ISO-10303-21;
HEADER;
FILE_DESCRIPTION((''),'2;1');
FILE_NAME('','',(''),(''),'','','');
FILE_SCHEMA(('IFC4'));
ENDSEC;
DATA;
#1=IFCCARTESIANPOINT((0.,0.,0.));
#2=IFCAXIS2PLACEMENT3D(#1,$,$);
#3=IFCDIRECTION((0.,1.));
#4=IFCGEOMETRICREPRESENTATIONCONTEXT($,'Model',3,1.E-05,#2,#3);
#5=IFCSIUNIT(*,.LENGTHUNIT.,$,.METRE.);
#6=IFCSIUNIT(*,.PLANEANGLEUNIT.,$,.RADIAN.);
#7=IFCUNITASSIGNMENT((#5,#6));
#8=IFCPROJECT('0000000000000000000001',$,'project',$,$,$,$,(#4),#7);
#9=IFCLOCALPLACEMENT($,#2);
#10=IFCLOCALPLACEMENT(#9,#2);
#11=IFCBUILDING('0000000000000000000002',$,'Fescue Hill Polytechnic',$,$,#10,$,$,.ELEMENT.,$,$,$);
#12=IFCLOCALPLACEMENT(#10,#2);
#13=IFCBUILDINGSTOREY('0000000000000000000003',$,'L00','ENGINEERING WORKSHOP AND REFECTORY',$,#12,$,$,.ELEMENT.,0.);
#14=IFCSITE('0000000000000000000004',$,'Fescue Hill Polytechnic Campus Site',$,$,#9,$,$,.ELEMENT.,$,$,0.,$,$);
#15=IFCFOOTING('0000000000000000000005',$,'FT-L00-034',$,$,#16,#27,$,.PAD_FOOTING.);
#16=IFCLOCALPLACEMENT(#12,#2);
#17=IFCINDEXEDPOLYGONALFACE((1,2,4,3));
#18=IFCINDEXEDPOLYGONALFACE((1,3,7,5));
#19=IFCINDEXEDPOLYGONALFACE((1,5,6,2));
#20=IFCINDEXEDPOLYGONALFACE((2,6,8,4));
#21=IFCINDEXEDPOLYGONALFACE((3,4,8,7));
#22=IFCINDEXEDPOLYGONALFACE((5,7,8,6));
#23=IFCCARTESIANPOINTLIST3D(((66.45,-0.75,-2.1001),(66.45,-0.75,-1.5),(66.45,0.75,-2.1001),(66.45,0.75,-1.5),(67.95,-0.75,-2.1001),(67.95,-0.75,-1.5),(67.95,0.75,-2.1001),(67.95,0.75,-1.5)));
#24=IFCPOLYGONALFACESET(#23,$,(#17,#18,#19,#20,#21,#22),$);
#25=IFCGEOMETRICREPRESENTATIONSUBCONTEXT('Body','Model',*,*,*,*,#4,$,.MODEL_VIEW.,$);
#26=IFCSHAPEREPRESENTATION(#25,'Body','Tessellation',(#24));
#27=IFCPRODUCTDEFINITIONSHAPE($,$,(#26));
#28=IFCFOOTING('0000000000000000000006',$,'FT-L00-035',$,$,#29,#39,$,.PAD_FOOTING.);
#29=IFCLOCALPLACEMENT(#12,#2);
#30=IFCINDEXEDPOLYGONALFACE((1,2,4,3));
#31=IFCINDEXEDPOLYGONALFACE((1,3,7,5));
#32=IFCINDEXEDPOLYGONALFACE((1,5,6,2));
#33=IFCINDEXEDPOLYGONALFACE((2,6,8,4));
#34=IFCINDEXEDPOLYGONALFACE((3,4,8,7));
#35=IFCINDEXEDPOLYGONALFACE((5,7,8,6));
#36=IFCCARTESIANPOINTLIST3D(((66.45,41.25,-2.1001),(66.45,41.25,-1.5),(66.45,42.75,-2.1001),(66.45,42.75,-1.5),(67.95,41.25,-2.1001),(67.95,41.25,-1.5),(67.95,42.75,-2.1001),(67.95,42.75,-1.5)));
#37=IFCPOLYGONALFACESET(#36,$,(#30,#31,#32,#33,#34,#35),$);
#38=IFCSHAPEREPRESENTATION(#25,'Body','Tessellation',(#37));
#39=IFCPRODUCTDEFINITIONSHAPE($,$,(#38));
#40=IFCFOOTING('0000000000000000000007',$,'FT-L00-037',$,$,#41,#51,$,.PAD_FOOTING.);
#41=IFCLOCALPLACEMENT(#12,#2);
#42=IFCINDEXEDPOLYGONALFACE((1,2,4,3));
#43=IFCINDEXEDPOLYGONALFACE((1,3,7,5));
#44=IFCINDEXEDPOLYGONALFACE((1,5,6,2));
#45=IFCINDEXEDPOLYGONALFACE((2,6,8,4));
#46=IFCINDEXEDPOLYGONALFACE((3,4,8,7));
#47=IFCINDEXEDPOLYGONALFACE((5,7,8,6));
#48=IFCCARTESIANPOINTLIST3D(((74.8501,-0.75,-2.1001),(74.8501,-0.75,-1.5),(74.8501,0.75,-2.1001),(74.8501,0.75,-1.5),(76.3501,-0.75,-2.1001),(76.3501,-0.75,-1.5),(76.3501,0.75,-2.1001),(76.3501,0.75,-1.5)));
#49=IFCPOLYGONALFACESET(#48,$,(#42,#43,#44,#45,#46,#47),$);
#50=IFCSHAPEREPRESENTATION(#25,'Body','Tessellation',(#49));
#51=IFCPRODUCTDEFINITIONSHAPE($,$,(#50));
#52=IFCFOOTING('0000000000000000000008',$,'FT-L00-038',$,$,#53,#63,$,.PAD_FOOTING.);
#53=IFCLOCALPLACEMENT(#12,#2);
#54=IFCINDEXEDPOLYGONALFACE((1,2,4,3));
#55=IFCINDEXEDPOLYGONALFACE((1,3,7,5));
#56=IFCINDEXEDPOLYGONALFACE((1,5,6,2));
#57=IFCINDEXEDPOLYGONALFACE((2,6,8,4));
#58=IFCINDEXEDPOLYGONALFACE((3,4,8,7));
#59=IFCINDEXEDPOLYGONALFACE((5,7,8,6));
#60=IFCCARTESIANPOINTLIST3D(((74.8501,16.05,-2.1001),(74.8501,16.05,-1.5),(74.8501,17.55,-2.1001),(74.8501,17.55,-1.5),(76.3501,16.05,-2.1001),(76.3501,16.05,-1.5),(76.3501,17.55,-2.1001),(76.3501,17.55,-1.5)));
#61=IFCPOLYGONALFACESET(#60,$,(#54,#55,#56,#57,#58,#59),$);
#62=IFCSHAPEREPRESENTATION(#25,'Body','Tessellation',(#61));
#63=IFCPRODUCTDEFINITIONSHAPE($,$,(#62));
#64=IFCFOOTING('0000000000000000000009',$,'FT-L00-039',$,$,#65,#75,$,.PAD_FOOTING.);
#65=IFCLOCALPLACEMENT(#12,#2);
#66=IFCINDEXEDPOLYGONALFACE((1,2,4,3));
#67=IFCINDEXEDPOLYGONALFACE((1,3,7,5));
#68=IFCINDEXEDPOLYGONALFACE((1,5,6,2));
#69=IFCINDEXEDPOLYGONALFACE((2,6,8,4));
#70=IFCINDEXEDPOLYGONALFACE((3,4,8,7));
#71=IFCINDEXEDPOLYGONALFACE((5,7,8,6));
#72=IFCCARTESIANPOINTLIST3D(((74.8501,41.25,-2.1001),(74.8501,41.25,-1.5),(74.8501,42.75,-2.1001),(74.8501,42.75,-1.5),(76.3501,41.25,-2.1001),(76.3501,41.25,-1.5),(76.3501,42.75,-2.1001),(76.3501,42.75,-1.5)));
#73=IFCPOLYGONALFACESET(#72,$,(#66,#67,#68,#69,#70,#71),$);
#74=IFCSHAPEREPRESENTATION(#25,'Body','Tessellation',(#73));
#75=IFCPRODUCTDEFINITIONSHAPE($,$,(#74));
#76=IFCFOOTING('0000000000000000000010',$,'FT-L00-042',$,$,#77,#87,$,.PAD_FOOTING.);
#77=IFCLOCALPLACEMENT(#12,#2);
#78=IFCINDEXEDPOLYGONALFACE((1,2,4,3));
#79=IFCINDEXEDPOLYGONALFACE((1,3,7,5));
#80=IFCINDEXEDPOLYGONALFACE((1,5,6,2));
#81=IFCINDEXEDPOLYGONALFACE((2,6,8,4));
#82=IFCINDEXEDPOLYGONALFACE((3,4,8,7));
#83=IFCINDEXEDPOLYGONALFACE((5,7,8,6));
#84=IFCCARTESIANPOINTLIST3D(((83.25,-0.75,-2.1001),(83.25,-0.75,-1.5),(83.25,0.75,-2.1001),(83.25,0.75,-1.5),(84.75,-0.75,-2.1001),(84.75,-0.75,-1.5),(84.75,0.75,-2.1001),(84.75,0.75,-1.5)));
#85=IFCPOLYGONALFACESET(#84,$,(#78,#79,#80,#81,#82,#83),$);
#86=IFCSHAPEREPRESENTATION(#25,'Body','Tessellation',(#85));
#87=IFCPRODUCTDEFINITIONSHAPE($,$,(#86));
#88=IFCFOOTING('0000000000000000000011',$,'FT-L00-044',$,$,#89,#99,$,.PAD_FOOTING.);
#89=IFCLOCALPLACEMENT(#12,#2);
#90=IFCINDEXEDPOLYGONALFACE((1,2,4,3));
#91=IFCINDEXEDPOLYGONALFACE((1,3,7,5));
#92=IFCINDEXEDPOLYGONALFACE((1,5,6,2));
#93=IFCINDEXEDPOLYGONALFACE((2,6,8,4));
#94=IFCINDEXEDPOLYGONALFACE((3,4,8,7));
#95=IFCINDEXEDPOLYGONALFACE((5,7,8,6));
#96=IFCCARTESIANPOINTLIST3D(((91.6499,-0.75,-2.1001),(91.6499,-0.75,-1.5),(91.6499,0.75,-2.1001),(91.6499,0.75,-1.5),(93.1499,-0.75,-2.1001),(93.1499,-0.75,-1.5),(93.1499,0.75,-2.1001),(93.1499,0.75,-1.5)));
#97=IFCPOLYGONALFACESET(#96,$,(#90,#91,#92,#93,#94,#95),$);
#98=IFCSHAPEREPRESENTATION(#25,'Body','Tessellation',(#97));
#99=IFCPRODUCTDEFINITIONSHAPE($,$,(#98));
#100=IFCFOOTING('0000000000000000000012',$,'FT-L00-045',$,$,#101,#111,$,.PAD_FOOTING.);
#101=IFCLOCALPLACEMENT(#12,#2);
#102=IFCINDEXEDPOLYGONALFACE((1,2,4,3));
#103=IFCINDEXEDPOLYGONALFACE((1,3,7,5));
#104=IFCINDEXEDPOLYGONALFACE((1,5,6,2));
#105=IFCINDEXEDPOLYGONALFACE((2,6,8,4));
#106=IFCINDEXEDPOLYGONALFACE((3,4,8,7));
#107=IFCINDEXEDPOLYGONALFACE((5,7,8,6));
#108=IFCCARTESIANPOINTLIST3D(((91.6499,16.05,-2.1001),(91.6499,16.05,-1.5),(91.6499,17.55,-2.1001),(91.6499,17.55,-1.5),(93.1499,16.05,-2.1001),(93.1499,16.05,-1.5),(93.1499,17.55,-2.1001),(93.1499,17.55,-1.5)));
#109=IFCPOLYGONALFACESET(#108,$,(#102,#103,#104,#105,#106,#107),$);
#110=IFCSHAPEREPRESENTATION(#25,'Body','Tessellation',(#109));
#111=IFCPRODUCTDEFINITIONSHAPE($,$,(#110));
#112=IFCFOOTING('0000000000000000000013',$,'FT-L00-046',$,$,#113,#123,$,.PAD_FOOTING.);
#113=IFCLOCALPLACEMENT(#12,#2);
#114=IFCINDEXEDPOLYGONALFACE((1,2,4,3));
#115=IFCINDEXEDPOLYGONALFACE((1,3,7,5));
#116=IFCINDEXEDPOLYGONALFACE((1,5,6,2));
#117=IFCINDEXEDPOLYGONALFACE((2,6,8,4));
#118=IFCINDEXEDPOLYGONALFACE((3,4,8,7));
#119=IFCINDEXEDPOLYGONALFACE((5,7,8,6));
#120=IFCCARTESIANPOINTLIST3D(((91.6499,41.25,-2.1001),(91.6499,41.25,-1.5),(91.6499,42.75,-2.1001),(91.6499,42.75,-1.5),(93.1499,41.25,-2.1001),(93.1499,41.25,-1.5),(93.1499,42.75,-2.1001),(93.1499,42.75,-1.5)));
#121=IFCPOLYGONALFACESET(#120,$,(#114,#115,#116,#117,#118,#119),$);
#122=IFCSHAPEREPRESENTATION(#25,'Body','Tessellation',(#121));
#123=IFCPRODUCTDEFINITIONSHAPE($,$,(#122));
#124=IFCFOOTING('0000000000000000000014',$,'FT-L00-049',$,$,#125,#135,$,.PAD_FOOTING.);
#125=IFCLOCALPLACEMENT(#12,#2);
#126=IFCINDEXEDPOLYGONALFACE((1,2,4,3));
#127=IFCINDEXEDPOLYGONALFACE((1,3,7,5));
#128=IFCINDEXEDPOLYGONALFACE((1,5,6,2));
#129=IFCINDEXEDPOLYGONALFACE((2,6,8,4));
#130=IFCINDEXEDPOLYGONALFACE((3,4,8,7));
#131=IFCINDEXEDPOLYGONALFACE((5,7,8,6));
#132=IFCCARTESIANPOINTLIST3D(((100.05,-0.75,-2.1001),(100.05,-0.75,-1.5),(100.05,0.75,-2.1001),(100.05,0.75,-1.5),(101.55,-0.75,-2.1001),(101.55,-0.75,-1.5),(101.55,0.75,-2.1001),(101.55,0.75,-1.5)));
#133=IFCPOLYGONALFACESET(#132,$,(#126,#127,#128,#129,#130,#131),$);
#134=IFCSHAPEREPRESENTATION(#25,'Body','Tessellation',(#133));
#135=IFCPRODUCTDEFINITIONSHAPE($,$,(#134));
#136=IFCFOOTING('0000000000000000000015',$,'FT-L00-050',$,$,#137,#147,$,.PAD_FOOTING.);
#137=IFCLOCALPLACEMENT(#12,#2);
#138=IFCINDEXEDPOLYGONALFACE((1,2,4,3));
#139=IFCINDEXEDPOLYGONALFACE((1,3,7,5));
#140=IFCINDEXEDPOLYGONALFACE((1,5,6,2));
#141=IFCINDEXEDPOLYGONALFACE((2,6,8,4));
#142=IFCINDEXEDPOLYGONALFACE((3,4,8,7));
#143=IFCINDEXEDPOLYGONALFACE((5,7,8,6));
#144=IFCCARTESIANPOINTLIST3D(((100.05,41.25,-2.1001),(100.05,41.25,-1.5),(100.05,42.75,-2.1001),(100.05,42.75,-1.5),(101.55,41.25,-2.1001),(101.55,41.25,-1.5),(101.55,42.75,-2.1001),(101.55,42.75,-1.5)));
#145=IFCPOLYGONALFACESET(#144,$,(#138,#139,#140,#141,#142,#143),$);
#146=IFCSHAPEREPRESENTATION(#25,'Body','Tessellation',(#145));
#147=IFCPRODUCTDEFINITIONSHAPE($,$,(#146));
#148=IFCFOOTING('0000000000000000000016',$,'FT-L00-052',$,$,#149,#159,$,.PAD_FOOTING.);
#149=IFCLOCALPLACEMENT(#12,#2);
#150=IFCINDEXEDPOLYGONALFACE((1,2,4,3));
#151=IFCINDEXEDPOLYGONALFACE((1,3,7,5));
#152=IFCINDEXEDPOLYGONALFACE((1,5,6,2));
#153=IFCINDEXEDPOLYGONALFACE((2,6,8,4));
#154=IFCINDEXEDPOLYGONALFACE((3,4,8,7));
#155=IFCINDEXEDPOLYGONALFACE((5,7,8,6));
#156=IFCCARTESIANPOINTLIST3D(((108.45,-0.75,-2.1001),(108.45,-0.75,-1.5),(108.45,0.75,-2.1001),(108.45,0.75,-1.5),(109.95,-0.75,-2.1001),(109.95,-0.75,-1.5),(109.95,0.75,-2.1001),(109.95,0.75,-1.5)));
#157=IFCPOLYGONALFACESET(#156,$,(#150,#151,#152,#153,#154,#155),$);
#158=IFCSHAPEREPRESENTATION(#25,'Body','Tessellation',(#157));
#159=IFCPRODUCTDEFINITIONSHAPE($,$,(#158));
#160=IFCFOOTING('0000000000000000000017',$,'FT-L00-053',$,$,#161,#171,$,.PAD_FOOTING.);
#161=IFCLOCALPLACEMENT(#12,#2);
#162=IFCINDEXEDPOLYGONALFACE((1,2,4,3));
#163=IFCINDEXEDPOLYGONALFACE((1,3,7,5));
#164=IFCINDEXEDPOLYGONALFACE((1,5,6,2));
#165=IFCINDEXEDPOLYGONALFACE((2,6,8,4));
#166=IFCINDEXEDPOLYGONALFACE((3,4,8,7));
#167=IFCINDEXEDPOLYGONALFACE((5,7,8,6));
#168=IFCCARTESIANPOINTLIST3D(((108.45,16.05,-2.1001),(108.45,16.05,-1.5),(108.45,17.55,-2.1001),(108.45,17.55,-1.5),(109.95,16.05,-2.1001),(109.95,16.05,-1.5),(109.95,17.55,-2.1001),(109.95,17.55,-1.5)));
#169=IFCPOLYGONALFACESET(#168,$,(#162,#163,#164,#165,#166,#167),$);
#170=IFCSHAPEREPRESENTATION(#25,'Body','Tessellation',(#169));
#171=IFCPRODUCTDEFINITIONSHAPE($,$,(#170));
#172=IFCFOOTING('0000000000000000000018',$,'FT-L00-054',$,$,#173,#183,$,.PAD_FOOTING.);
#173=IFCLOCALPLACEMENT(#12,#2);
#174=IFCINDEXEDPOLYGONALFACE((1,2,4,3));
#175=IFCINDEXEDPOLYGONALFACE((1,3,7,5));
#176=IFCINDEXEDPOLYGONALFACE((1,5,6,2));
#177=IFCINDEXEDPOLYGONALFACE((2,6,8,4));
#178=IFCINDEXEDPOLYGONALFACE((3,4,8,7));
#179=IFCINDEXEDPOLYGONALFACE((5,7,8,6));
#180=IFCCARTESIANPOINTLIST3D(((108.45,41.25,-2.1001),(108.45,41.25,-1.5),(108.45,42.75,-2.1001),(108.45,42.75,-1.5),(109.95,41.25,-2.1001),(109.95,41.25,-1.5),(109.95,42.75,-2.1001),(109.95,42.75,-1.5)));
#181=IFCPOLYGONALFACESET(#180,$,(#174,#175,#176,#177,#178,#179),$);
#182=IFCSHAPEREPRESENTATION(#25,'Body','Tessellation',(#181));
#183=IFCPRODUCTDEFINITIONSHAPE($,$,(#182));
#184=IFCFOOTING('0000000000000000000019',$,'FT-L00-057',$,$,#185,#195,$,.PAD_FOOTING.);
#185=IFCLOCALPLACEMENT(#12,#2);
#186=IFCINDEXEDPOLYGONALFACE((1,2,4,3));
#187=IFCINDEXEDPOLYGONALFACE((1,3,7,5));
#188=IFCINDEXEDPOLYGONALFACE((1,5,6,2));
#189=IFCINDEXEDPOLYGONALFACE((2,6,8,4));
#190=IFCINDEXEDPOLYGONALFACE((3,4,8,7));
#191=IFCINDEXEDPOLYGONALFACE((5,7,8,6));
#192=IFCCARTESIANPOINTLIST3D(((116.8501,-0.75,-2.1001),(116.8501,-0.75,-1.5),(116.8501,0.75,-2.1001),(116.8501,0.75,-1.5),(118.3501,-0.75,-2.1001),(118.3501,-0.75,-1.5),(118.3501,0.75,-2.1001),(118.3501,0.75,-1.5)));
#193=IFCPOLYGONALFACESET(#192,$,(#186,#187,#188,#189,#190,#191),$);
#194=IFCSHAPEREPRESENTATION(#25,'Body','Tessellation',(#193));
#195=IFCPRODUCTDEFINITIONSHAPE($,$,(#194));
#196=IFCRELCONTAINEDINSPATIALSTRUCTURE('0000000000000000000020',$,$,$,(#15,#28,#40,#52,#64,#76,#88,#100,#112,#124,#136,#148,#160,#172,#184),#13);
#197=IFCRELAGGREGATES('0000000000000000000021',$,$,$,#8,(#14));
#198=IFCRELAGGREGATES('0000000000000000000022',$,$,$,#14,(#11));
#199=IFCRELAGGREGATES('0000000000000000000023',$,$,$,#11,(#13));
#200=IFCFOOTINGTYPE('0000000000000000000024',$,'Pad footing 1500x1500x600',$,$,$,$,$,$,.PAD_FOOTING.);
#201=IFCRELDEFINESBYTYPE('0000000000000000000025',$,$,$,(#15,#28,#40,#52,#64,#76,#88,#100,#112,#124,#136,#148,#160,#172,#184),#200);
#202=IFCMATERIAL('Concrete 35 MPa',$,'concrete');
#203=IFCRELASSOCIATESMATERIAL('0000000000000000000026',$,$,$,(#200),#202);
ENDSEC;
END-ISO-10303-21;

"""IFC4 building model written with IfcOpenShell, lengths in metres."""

from ifc_helpers import new_model, si_unit, direction, frame, origin, place, context, subcontext, project, spatial, polyline, outline, extrude, material, type_object, element, save


model = new_model("IFC4")

# Units and contexts
model_context = context("Model", 3, precision=1e-05, world=origin(), true_north=direction((0.0, 1.0)))
body_context = subcontext(model_context, "Body", "Model", "MODEL_VIEW")
ifc_project = project(units=[si_unit("LENGTHUNIT", "METRE"), si_unit("PLANEANGLEUNIT", "RADIAN")], contexts=[model_context])

# Site, building, storey
site_placement = place(None, origin())
site = spatial("IfcSite", under=ifc_project, at=site_placement, Name="Fescue Hill Polytechnic Campus Site", CompositionType="ELEMENT", RefElevation=0.0)
building_placement = place(site_placement, origin())
building = spatial("IfcBuilding", under=site, at=building_placement, Name="Fescue Hill Polytechnic", CompositionType="ELEMENT")
storey_placement = place(building_placement, origin())
storey = spatial("IfcBuildingStorey", under=building, at=storey_placement, Name="L00", Description="ENGINEERING WORKSHOP AND REFECTORY", CompositionType="ELEMENT", Elevation=0.0)

# Footings
ifc_material = material(Name="Concrete 35 MPa", Category="concrete")
footing_type_1 = type_object("IfcFootingType", Name="Pad footing 1500x1500x600", PredefinedType="PAD_FOOTING", material=ifc_material)
footing_1_placement = place(storey_placement, frame((0.0, 0.0, -2.1001)))
element("IfcFooting", 1, at=footing_1_placement, inside=storey, type_object=footing_type_1, Name="FT-L00-034", PredefinedType="PAD_FOOTING", context=body_context, shape_type="SweptSolid", body=[
    extrude(outline(polyline([(67.95, -0.75), (67.95, 0.75), (66.45, 0.75), (66.45, -0.75), (67.95, -0.75)])), origin(), (0.0, 0.0, 1.0), 0.6001),
])
footing_2_placement = place(storey_placement, frame((0.0, 0.0, -2.1001)))
element("IfcFooting", 2, at=footing_2_placement, inside=storey, type_object=footing_type_1, Name="FT-L00-035", PredefinedType="PAD_FOOTING", context=body_context, shape_type="SweptSolid", body=[
    extrude(outline(polyline([(67.95, 41.25), (67.95, 42.75), (66.45, 42.75), (66.45, 41.25), (67.95, 41.25)])), origin(), (0.0, 0.0, 1.0), 0.6001),
])
footing_3_placement = place(storey_placement, frame((0.0, 0.0, -2.1001)))
element("IfcFooting", 3, at=footing_3_placement, inside=storey, type_object=footing_type_1, Name="FT-L00-037", PredefinedType="PAD_FOOTING", context=body_context, shape_type="SweptSolid", body=[
    extrude(outline(polyline([(76.3501, -0.75), (76.3501, 0.75), (74.8501, 0.75), (74.8501, -0.75), (76.3501, -0.75)])), origin(), (0.0, 0.0, 1.0), 0.6001),
])
footing_4_placement = place(storey_placement, frame((0.0, 0.0, -2.1001)))
element("IfcFooting", 4, at=footing_4_placement, inside=storey, type_object=footing_type_1, Name="FT-L00-038", PredefinedType="PAD_FOOTING", context=body_context, shape_type="SweptSolid", body=[
    extrude(outline(polyline([(76.3501, 16.05), (76.3501, 17.55), (74.8501, 17.55), (74.8501, 16.05), (76.3501, 16.05)])), origin(), (0.0, 0.0, 1.0), 0.6001),
])
footing_5_placement = place(storey_placement, frame((0.0, 0.0, -2.1001)))
element("IfcFooting", 5, at=footing_5_placement, inside=storey, type_object=footing_type_1, Name="FT-L00-039", PredefinedType="PAD_FOOTING", context=body_context, shape_type="SweptSolid", body=[
    extrude(outline(polyline([(76.3501, 41.25), (76.3501, 42.75), (74.8501, 42.75), (74.8501, 41.25), (76.3501, 41.25)])), origin(), (0.0, 0.0, 1.0), 0.6001),
])
footing_6_placement = place(storey_placement, frame((0.0, 0.0, -2.1001)))
element("IfcFooting", 6, at=footing_6_placement, inside=storey, type_object=footing_type_1, Name="FT-L00-042", PredefinedType="PAD_FOOTING", context=body_context, shape_type="SweptSolid", body=[
    extrude(outline(polyline([(84.75, -0.75), (84.75, 0.75), (83.25, 0.75), (83.25, -0.75), (84.75, -0.75)])), origin(), (0.0, 0.0, 1.0), 0.6001),
])
footing_7_placement = place(storey_placement, frame((0.0, 0.0, -2.1001)))
element("IfcFooting", 7, at=footing_7_placement, inside=storey, type_object=footing_type_1, Name="FT-L00-044", PredefinedType="PAD_FOOTING", context=body_context, shape_type="SweptSolid", body=[
    extrude(outline(polyline([(93.1499, -0.75), (93.1499, 0.75), (91.6499, 0.75), (91.6499, -0.75), (93.1499, -0.75)])), origin(), (0.0, 0.0, 1.0), 0.6001),
])
footing_8_placement = place(storey_placement, frame((0.0, 0.0, -2.1001)))
element("IfcFooting", 8, at=footing_8_placement, inside=storey, type_object=footing_type_1, Name="FT-L00-045", PredefinedType="PAD_FOOTING", context=body_context, shape_type="SweptSolid", body=[
    extrude(outline(polyline([(93.1499, 16.05), (93.1499, 17.55), (91.6499, 17.55), (91.6499, 16.05), (93.1499, 16.05)])), origin(), (0.0, 0.0, 1.0), 0.6001),
])
footing_9_placement = place(storey_placement, frame((0.0, 0.0, -2.1001)))
element("IfcFooting", 9, at=footing_9_placement, inside=storey, type_object=footing_type_1, Name="FT-L00-046", PredefinedType="PAD_FOOTING", context=body_context, shape_type="SweptSolid", body=[
    extrude(outline(polyline([(93.1499, 41.25), (93.1499, 42.75), (91.6499, 42.75), (91.6499, 41.25), (93.1499, 41.25)])), origin(), (0.0, 0.0, 1.0), 0.6001),
])
footing_10_placement = place(storey_placement, frame((0.0, 0.0, -2.1001)))
element("IfcFooting", 10, at=footing_10_placement, inside=storey, type_object=footing_type_1, Name="FT-L00-049", PredefinedType="PAD_FOOTING", context=body_context, shape_type="SweptSolid", body=[
    extrude(outline(polyline([(101.55, -0.75), (101.55, 0.75), (100.05, 0.75), (100.05, -0.75), (101.55, -0.75)])), origin(), (0.0, 0.0, 1.0), 0.6001),
])
footing_11_placement = place(storey_placement, frame((0.0, 0.0, -2.1001)))
element("IfcFooting", 11, at=footing_11_placement, inside=storey, type_object=footing_type_1, Name="FT-L00-050", PredefinedType="PAD_FOOTING", context=body_context, shape_type="SweptSolid", body=[
    extrude(outline(polyline([(101.55, 41.25), (101.55, 42.75), (100.05, 42.75), (100.05, 41.25), (101.55, 41.25)])), origin(), (0.0, 0.0, 1.0), 0.6001),
])
footing_12_placement = place(storey_placement, frame((0.0, 0.0, -2.1001)))
element("IfcFooting", 12, at=footing_12_placement, inside=storey, type_object=footing_type_1, Name="FT-L00-052", PredefinedType="PAD_FOOTING", context=body_context, shape_type="SweptSolid", body=[
    extrude(outline(polyline([(109.95, -0.75), (109.95, 0.75), (108.45, 0.75), (108.45, -0.75), (109.95, -0.75)])), origin(), (0.0, 0.0, 1.0), 0.6001),
])
footing_13_placement = place(storey_placement, frame((0.0, 0.0, -2.1001)))
element("IfcFooting", 13, at=footing_13_placement, inside=storey, type_object=footing_type_1, Name="FT-L00-053", PredefinedType="PAD_FOOTING", context=body_context, shape_type="SweptSolid", body=[
    extrude(outline(polyline([(109.95, 16.05), (109.95, 17.55), (108.45, 17.55), (108.45, 16.05), (109.95, 16.05)])), origin(), (0.0, 0.0, 1.0), 0.6001),
])
footing_14_placement = place(storey_placement, frame((0.0, 0.0, -2.1001)))
element("IfcFooting", 14, at=footing_14_placement, inside=storey, type_object=footing_type_1, Name="FT-L00-054", PredefinedType="PAD_FOOTING", context=body_context, shape_type="SweptSolid", body=[
    extrude(outline(polyline([(109.95, 41.25), (109.95, 42.75), (108.45, 42.75), (108.45, 41.25), (109.95, 41.25)])), origin(), (0.0, 0.0, 1.0), 0.6001),
])
footing_15_placement = place(storey_placement, frame((0.0, 0.0, -2.1001)))
element("IfcFooting", 15, at=footing_15_placement, inside=storey, type_object=footing_type_1, Name="FT-L00-057", PredefinedType="PAD_FOOTING", context=body_context, shape_type="SweptSolid", body=[
    extrude(outline(polyline([(118.3501, -0.75), (118.3501, 0.75), (116.8501, 0.75), (116.8501, -0.75), (118.3501, -0.75)])), origin(), (0.0, 0.0, 1.0), 0.6001),
])

save(model, "model.ifc")
